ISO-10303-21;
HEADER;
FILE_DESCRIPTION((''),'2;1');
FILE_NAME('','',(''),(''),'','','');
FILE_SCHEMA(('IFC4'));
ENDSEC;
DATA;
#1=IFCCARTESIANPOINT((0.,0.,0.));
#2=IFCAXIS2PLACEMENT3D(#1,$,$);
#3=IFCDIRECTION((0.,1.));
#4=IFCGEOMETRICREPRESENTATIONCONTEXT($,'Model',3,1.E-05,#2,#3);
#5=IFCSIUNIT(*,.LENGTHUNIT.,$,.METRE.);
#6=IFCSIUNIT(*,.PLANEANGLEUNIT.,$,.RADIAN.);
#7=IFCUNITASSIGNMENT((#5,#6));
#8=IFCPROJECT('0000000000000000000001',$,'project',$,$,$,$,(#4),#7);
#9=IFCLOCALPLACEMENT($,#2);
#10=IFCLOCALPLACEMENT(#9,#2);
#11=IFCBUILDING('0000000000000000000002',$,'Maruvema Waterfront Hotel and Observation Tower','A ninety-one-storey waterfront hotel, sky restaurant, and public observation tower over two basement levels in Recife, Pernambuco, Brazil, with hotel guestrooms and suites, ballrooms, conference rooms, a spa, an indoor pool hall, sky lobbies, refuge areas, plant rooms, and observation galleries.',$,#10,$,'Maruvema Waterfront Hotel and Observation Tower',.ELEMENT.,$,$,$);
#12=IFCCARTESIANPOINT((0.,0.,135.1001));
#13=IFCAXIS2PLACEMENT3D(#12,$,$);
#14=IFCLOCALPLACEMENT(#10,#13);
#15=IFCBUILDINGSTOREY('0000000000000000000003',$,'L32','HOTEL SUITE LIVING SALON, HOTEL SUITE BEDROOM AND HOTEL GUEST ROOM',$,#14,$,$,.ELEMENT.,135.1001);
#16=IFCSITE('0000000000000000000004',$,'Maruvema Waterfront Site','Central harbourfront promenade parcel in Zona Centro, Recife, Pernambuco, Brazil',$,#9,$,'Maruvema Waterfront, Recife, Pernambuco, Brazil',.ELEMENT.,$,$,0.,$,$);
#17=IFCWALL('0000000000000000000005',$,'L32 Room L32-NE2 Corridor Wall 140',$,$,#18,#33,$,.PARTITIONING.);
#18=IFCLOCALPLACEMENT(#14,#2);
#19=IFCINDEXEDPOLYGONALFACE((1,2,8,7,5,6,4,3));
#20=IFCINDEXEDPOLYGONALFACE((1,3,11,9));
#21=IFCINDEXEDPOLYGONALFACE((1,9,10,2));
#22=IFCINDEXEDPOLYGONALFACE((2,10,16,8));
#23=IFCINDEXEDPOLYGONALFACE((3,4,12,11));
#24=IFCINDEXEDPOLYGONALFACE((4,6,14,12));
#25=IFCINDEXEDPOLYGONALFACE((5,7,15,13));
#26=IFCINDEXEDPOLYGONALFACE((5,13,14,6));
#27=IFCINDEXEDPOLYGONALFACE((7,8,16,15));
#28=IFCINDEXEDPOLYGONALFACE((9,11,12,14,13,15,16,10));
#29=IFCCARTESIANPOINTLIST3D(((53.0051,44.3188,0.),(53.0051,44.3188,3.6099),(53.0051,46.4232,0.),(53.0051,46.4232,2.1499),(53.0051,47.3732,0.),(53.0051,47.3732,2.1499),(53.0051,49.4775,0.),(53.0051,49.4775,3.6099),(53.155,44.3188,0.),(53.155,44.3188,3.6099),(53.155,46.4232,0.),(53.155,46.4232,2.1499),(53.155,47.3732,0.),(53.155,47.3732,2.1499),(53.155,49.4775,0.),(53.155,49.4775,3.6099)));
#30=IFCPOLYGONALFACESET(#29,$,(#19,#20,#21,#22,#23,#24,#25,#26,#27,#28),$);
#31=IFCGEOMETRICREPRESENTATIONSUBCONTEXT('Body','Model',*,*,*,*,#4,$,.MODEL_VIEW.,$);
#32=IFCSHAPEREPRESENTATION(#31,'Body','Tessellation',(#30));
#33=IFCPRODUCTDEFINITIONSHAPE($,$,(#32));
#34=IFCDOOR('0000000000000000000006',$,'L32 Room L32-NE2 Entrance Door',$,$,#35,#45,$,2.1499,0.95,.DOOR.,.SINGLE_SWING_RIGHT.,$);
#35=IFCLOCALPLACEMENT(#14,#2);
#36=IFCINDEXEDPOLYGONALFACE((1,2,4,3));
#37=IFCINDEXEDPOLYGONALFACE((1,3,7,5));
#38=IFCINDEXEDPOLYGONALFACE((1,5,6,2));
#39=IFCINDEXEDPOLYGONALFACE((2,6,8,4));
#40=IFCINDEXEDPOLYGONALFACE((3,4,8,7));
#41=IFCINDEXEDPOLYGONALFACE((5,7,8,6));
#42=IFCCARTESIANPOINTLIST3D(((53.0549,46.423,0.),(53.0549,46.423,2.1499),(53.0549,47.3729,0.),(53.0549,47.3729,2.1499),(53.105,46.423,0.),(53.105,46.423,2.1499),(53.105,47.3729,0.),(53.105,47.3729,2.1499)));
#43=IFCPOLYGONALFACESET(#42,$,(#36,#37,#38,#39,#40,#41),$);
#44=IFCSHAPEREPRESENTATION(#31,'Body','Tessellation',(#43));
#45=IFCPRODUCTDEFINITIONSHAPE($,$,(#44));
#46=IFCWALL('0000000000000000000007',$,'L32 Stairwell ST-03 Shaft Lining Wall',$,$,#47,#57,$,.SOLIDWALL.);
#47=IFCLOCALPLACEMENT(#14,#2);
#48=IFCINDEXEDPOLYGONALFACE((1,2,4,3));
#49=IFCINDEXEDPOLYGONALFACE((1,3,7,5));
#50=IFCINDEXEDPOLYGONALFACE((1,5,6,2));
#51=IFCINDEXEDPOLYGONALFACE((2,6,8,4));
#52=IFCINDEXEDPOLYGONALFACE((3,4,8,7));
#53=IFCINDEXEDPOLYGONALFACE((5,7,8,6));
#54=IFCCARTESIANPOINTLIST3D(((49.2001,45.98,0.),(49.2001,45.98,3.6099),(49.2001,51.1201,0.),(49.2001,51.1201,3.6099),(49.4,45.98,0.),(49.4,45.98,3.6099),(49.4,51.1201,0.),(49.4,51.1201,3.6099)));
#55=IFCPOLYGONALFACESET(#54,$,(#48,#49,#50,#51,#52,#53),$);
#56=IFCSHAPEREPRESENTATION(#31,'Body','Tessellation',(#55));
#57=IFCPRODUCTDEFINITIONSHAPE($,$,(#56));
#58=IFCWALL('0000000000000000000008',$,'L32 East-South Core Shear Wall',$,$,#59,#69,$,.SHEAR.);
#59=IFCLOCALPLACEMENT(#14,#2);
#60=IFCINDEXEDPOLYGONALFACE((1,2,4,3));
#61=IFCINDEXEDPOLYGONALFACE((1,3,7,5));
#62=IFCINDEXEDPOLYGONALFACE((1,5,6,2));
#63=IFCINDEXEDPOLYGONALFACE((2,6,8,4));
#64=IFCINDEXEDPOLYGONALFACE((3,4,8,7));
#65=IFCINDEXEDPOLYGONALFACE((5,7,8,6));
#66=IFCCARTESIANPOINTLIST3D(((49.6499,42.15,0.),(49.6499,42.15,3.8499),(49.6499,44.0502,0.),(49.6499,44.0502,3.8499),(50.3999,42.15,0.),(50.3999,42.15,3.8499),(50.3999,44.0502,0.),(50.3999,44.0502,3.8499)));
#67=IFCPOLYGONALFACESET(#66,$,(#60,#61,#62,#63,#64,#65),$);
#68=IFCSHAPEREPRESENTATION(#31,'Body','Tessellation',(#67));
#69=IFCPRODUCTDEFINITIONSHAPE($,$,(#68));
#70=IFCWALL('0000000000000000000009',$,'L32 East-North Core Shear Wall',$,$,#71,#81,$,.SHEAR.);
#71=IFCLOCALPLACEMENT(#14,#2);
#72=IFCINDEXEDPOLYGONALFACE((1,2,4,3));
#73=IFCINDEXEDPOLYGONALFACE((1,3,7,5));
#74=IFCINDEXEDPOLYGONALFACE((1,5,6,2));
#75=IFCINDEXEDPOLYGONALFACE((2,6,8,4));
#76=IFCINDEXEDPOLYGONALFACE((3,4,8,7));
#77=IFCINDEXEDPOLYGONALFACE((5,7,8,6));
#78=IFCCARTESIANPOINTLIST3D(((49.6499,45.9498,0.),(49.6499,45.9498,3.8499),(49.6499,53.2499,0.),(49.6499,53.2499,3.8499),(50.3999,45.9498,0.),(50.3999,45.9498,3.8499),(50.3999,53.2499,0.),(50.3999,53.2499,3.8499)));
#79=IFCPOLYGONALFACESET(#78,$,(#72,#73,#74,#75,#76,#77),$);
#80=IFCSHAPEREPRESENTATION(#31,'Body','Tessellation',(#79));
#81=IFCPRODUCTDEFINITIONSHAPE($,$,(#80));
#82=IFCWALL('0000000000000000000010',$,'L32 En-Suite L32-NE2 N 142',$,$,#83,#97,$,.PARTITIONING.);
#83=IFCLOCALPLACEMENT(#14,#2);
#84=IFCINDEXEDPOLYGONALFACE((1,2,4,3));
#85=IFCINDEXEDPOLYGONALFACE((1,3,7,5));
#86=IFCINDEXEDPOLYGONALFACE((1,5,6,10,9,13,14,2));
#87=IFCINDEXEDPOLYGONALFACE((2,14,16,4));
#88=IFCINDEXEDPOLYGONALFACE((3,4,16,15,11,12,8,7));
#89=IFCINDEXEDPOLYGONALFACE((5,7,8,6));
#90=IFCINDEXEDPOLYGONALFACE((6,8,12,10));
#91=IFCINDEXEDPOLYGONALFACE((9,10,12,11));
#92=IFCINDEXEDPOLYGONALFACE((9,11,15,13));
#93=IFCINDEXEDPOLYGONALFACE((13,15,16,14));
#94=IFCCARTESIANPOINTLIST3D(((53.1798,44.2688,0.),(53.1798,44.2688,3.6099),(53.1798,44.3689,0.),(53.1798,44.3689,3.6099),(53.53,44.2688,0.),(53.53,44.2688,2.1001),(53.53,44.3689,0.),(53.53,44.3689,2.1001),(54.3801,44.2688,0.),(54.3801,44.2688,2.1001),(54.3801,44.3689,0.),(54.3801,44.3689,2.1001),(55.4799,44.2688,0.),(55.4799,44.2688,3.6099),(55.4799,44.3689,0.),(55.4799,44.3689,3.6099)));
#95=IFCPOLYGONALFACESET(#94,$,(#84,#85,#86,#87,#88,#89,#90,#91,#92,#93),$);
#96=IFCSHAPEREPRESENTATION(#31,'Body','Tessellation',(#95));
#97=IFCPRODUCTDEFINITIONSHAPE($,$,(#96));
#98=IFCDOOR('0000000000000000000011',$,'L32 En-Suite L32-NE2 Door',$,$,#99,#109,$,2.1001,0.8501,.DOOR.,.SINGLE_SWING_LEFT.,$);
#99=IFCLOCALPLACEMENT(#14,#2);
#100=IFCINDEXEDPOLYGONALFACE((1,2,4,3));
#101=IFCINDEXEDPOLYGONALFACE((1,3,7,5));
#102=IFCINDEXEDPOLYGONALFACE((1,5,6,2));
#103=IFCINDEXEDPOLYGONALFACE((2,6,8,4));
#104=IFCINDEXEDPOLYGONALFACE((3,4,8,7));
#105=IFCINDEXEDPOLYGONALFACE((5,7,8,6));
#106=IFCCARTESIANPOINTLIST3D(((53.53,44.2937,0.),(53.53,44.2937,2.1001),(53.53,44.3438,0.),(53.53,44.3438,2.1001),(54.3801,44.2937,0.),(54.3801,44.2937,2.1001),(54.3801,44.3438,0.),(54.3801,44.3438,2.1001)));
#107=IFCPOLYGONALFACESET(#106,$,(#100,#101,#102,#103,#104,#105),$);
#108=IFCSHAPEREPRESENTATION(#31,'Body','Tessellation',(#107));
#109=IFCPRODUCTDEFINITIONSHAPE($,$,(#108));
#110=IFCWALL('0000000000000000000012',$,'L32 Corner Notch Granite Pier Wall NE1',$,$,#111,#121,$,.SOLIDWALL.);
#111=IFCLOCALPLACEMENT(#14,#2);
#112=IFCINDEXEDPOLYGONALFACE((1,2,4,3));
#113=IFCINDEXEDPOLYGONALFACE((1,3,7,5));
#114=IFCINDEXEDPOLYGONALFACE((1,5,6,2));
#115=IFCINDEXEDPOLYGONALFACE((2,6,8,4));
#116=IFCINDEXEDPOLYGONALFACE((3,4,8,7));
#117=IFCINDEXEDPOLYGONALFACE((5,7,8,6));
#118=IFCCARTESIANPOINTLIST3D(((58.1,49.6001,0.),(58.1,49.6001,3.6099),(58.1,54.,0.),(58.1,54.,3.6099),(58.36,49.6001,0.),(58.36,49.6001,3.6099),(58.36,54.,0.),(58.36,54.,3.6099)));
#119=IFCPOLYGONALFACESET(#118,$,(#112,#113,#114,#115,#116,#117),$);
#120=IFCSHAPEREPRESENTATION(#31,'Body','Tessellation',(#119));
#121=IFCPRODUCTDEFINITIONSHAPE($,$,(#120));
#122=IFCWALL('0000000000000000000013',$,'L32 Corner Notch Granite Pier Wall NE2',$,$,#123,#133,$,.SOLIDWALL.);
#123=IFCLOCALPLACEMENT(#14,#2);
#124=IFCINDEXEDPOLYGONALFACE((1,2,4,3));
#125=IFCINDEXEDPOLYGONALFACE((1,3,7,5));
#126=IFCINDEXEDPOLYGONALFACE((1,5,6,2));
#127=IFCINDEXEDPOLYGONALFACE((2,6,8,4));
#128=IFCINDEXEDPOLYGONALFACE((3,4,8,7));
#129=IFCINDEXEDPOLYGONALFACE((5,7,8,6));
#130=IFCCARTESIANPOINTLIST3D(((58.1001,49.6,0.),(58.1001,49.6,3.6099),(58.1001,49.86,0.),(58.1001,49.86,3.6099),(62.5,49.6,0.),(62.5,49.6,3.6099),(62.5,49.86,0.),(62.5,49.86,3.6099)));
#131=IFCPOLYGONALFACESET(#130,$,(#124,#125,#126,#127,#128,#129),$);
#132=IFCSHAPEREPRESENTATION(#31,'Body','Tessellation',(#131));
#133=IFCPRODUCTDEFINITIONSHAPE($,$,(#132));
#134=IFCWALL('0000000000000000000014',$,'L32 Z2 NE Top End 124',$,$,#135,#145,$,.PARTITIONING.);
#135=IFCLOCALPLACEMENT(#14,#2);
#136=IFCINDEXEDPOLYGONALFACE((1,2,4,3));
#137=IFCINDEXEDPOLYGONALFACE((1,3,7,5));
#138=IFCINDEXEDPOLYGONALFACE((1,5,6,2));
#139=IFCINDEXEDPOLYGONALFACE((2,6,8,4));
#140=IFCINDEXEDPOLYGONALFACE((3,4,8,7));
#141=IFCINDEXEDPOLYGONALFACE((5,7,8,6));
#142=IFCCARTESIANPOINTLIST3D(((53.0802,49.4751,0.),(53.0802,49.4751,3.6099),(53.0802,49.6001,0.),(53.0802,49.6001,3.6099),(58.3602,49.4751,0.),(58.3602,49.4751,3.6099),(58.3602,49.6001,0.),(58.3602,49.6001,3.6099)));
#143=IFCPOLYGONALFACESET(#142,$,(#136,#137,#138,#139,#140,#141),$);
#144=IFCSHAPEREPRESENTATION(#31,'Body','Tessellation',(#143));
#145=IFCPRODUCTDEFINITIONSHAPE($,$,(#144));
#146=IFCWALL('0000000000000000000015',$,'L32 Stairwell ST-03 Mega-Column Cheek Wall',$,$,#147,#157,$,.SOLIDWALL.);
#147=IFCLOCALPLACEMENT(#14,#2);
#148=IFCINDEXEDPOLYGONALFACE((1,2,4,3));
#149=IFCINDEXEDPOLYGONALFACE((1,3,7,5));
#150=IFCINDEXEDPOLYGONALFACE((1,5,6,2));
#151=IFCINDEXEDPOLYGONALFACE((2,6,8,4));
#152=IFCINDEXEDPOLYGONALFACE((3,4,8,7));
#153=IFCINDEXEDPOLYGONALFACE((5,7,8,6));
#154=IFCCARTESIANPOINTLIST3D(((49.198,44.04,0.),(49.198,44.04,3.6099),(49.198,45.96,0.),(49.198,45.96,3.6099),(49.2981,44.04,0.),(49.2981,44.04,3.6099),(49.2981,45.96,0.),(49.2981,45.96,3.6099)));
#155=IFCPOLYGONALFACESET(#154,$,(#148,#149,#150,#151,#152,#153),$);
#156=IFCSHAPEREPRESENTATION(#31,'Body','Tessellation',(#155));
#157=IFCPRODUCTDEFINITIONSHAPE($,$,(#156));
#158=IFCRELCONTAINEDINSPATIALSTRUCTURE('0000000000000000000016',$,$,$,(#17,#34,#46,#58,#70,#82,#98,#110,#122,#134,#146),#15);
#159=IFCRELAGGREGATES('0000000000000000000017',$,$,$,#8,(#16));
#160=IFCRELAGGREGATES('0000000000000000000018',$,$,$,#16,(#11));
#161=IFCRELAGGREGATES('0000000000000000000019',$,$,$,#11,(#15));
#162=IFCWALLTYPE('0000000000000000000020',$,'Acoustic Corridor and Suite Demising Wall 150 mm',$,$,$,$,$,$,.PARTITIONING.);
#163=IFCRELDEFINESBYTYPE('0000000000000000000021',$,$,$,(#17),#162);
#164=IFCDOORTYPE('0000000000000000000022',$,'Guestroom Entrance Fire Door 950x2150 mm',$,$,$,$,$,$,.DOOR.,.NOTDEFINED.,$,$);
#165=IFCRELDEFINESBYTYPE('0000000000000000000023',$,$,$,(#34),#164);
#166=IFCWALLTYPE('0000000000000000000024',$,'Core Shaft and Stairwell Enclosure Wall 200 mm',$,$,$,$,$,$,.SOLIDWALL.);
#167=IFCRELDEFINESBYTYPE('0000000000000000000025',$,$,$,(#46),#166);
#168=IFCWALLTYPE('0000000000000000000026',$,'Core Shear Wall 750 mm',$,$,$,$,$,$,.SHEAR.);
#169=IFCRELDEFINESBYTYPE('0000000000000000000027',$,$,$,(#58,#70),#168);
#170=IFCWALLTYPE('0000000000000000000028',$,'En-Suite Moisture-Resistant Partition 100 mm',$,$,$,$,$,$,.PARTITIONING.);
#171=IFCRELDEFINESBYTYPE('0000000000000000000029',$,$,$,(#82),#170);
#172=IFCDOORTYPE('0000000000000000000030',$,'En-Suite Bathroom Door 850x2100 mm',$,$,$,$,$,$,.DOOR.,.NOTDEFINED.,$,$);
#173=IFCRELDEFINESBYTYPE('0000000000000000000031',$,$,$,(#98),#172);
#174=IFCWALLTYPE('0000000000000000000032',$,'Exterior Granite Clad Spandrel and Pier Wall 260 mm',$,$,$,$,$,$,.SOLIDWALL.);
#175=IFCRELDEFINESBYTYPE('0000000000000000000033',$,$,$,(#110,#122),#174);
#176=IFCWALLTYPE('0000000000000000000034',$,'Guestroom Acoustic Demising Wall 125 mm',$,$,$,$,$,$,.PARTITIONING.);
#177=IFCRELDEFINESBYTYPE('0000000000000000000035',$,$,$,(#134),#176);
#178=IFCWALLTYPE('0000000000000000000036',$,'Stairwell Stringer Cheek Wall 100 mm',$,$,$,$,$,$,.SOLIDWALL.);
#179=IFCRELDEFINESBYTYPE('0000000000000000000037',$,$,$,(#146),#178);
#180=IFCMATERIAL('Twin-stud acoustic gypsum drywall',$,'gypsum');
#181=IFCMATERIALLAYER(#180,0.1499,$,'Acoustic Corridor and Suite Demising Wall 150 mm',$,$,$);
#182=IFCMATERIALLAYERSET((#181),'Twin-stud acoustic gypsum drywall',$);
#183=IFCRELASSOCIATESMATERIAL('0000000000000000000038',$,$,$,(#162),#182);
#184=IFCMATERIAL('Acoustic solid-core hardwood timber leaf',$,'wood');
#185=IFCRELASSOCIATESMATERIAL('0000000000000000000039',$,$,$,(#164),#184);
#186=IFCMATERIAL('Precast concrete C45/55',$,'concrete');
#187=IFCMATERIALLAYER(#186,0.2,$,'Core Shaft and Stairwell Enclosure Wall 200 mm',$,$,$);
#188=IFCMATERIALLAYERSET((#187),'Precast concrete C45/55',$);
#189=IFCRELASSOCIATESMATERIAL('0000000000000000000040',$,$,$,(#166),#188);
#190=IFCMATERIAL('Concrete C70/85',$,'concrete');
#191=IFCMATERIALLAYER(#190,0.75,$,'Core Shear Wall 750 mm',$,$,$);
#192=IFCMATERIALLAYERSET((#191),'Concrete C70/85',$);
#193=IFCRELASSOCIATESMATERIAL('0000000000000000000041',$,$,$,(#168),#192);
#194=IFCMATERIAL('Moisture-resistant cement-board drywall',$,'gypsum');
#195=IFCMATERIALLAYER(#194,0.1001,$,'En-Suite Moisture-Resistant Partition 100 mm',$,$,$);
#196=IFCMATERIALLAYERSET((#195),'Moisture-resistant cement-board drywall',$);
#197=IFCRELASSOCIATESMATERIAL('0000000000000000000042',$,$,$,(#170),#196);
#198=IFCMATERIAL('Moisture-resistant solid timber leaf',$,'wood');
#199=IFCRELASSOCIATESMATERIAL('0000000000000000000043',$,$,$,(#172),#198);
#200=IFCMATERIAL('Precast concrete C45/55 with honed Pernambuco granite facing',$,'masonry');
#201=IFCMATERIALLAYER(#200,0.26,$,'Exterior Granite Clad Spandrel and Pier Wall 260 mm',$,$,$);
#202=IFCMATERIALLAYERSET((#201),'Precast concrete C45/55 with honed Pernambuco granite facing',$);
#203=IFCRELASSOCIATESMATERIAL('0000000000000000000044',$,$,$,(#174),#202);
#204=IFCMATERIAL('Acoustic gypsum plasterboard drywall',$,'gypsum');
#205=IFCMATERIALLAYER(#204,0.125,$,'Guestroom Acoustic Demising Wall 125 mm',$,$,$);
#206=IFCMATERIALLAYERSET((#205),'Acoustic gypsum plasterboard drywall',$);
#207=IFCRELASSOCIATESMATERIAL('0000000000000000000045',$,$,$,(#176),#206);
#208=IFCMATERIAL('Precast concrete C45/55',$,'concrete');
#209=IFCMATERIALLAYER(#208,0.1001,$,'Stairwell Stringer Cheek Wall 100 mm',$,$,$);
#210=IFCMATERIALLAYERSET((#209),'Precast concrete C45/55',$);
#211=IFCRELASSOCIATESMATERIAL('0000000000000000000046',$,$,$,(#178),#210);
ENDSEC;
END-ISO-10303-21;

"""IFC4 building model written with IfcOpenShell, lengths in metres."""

from ifc_helpers import new_model, si_unit, direction, frame, frame_2d, origin, place, context, subcontext, project, spatial, rectangle, extrude, material, layer, layer_set, type_object, element, fill, save


model = new_model("IFC4")

# Units and contexts
model_context = context("Model", 3, precision=1e-05, world=origin(), true_north=direction((0.0, 1.0)))
body_context = subcontext(model_context, "Body", "Model", "MODEL_VIEW")
ifc_project = project(units=[si_unit("LENGTHUNIT", "METRE"), si_unit("PLANEANGLEUNIT", "RADIAN")], contexts=[model_context])

# Site, building, storey
site_placement = place(None, origin())
site = spatial("IfcSite", under=ifc_project, at=site_placement, Name="Maruvema Waterfront Site", Description="Central harbourfront promenade parcel in Zona Centro, Recife, Pernambuco, Brazil", LongName="Maruvema Waterfront, Recife, Pernambuco, Brazil", CompositionType="ELEMENT", RefElevation=0.0)
building_placement = place(site_placement, origin())
building = spatial("IfcBuilding", under=site, at=building_placement, Name="Maruvema Waterfront Hotel and Observation Tower", Description="A ninety-one-storey waterfront hotel, sky restaurant, and public observation tower over two basement levels in Recife, Pernambuco, Brazil, with hotel guestrooms and suites, ballrooms, conference rooms, a spa, an indoor pool hall, sky lobbies, refuge areas, plant rooms, and observation galleries.", LongName="Maruvema Waterfront Hotel and Observation Tower", CompositionType="ELEMENT")
storey_placement = place(building_placement, frame((0.0, 0.0, 135.1001)))
storey = spatial("IfcBuildingStorey", under=building, at=storey_placement, Name="L32", Description="HOTEL SUITE LIVING SALON, HOTEL SUITE BEDROOM AND HOTEL GUEST ROOM", CompositionType="ELEMENT", Elevation=135.1001)

# Wall, opening, door
ifc_material_1 = material(Name="Twin-stud acoustic gypsum drywall", Category="gypsum")
ifc_layer_1 = layer(ifc_material_1, 0.1499, Name="Acoustic Corridor and Suite Demising Wall 150 mm")
ifc_layer_set_1 = layer_set([ifc_layer_1], Name="Twin-stud acoustic gypsum drywall")
wall_type_1 = type_object("IfcWallType", Name="Acoustic Corridor and Suite Demising Wall 150 mm", PredefinedType="PARTITIONING", material=ifc_layer_set_1)
wall_1_placement = place(storey_placement, frame((53.0801, 44.3188, 0.0), z_axis=(0.0, 0.0, 1.0), x_axis=(0.0, 1.0, 0.0)))
wall_1 = element("IfcWall", 1, at=wall_1_placement, inside=storey, type_object=wall_type_1, Name="L32 Room L32-NE2 Corridor Wall 140", PredefinedType="PARTITIONING", context=body_context, shape_type="SweptSolid", body=[
    extrude(rectangle(XDim=5.1587, YDim=0.1499, at=frame_2d((2.5793, 0.0))), origin(), (0.0, 0.0, 1.0), 3.6099),
])
opening_1_placement = place(wall_1_placement, frame((2.1042, 0.0, 0.0)))
opening_1 = element("IfcOpeningElement", 2, at=opening_1_placement, cuts=wall_1, PredefinedType="OPENING", context=body_context, shape_type="SweptSolid", body=[
    extrude(rectangle(XDim=0.95, YDim=2.1499, at=frame_2d((0.4751, 1.075))), frame((0.0, 0.085, 0.0), z_axis=(0.0, -1.0, 0.0), x_axis=(1.0, 0.0, 0.0)), (0.0, 0.0, 1.0), 0.1699),
])
ifc_material_2 = material(Name="Acoustic solid-core hardwood timber leaf", Category="wood")
door_type_1 = type_object("IfcDoorType", Name="Guestroom Entrance Fire Door 950x2150 mm", OperationType="NOTDEFINED", PredefinedType="DOOR", material=ifc_material_2)
door_1_placement = place(opening_1_placement, frame((0.95, 0.0, 0.0), z_axis=(0.0, 0.0, 1.0), x_axis=(-1.0, 0.0, 0.0)))
door_1 = element("IfcDoor", 3, at=door_1_placement, inside=storey, type_object=door_type_1, Name="L32 Room L32-NE2 Entrance Door", OperationType="SINGLE_SWING_RIGHT", OverallHeight=2.1499, OverallWidth=0.95, PredefinedType="DOOR", context=body_context, shape_type="SweptSolid", body=[
    extrude(rectangle(XDim=0.95, YDim=2.1499, at=frame_2d((0.4751, 1.075))), frame((0.0, 0.0249, 0.0), z_axis=(0.0, -1.0, 0.0), x_axis=(1.0, 0.0, 0.0)), (0.0, 0.0, 1.0), 0.05),
])
fill(opening_1, door_1)

# Walls
ifc_material_3 = material(Name="Precast concrete C45/55", Category="concrete")
ifc_layer_2 = layer(ifc_material_3, 0.2, Name="Core Shaft and Stairwell Enclosure Wall 200 mm")
ifc_layer_set_2 = layer_set([ifc_layer_2], Name="Precast concrete C45/55")
wall_type_2 = type_object("IfcWallType", Name="Core Shaft and Stairwell Enclosure Wall 200 mm", PredefinedType="SOLIDWALL", material=ifc_layer_set_2)
wall_2_placement = place(storey_placement, frame((49.3, 45.98, 0.0), z_axis=(0.0, 0.0, 1.0), x_axis=(0.0, 1.0, 0.0)))
element("IfcWall", 4, at=wall_2_placement, inside=storey, type_object=wall_type_2, Name="L32 Stairwell ST-03 Shaft Lining Wall", PredefinedType="SOLIDWALL", context=body_context, shape_type="SweptSolid", body=[
    extrude(rectangle(XDim=5.1401, YDim=0.2, at=frame_2d((2.5701, 0.0))), origin(), (0.0, 0.0, 1.0), 3.6099),
])
ifc_material_4 = material(Name="Concrete C70/85", Category="concrete")
ifc_layer_3 = layer(ifc_material_4, 0.75, Name="Core Shear Wall 750 mm")
ifc_layer_set_3 = layer_set([ifc_layer_3], Name="Concrete C70/85")
wall_type_3 = type_object("IfcWallType", Name="Core Shear Wall 750 mm", PredefinedType="SHEAR", material=ifc_layer_set_3)
wall_3_placement = place(storey_placement, frame((50.0249, 42.1499, 0.0), z_axis=(0.0, 0.0, 1.0), x_axis=(0.0, 1.0, 0.0)))
element("IfcWall", 5, at=wall_3_placement, inside=storey, type_object=wall_type_3, Name="L32 East-South Core Shear Wall", PredefinedType="SHEAR", context=body_context, shape_type="SweptSolid", body=[
    extrude(rectangle(XDim=1.9001, YDim=0.75, at=frame_2d((0.9502, 0.0))), origin(), (0.0, 0.0, 1.0), 3.8499),
])
wall_4_placement = place(storey_placement, frame((50.0249, 45.95, 0.0), z_axis=(0.0, 0.0, 1.0), x_axis=(0.0, 1.0, 0.0)))
element("IfcWall", 6, at=wall_4_placement, inside=storey, type_object=wall_type_3, Name="L32 East-North Core Shear Wall", PredefinedType="SHEAR", context=body_context, shape_type="SweptSolid", body=[
    extrude(rectangle(XDim=7.3, YDim=0.75, at=frame_2d((3.6499, 0.0))), origin(), (0.0, 0.0, 1.0), 3.8499),
])

# Wall, opening, door
ifc_material_5 = material(Name="Moisture-resistant cement-board drywall", Category="gypsum")
ifc_layer_4 = layer(ifc_material_5, 0.1001, Name="En-Suite Moisture-Resistant Partition 100 mm")
ifc_layer_set_4 = layer_set([ifc_layer_4], Name="Moisture-resistant cement-board drywall")
wall_type_4 = type_object("IfcWallType", Name="En-Suite Moisture-Resistant Partition 100 mm", PredefinedType="PARTITIONING", material=ifc_layer_set_4)
wall_5_placement = place(storey_placement, frame((53.1799, 44.3188, 0.0), z_axis=(0.0, 0.0, 1.0), x_axis=(1.0, 0.0, 0.0)))
wall_5 = element("IfcWall", 7, at=wall_5_placement, inside=storey, type_object=wall_type_4, Name="L32 En-Suite L32-NE2 N 142", PredefinedType="PARTITIONING", context=body_context, shape_type="SweptSolid", body=[
    extrude(rectangle(XDim=2.3, YDim=0.1001, at=frame_2d((1.1499, 0.0))), origin(), (0.0, 0.0, 1.0), 3.6099),
])
opening_2_placement = place(wall_5_placement, frame((0.3501, 0.0, 0.0)))
opening_2 = element("IfcOpeningElement", 8, at=opening_2_placement, cuts=wall_5, PredefinedType="OPENING", context=body_context, shape_type="SweptSolid", body=[
    extrude(rectangle(XDim=0.8501, YDim=2.1001, at=frame_2d((0.425, 1.05))), frame((0.0, 0.0601, 0.0), z_axis=(0.0, -1.0, 0.0), x_axis=(1.0, 0.0, 0.0)), (0.0, 0.0, 1.0), 0.1201),
])
ifc_material_6 = material(Name="Moisture-resistant solid timber leaf", Category="wood")
door_type_2 = type_object("IfcDoorType", Name="En-Suite Bathroom Door 850x2100 mm", OperationType="NOTDEFINED", PredefinedType="DOOR", material=ifc_material_6)
door_2_placement = place(opening_2_placement, origin())
door_2 = element("IfcDoor", 9, at=door_2_placement, inside=storey, type_object=door_type_2, Name="L32 En-Suite L32-NE2 Door", OperationType="SINGLE_SWING_LEFT", OverallHeight=2.1001, OverallWidth=0.8501, PredefinedType="DOOR", context=body_context, shape_type="SweptSolid", body=[
    extrude(rectangle(XDim=0.8501, YDim=2.1001, at=frame_2d((0.425, 1.05))), frame((0.0, 0.0249, 0.0), z_axis=(0.0, -1.0, 0.0), x_axis=(1.0, 0.0, 0.0)), (0.0, 0.0, 1.0), 0.05),
])
fill(opening_2, door_2)

# Walls
ifc_material_7 = material(Name="Precast concrete C45/55 with honed Pernambuco granite facing", Category="masonry")
ifc_layer_5 = layer(ifc_material_7, 0.26, Name="Exterior Granite Clad Spandrel and Pier Wall 260 mm")
ifc_layer_set_5 = layer_set([ifc_layer_5], Name="Precast concrete C45/55 with honed Pernambuco granite facing")
wall_type_5 = type_object("IfcWallType", Name="Exterior Granite Clad Spandrel and Pier Wall 260 mm", PredefinedType="SOLIDWALL", material=ifc_layer_set_5)
for number, where, z_axis, x_axis, name in (
    (10, (58.23, 54.0, 0.0), (0.0, 0.0, 1.0), (0.0, -1.0, 0.0), "L32 Corner Notch Granite Pier Wall NE1"),
    (11, (58.1001, 49.73, 0.0), (0.0, 0.0, 1.0), (1.0, 0.0, 0.0), "L32 Corner Notch Granite Pier Wall NE2"),
):
    element("IfcWall", number, at=place(storey_placement, frame(where, z_axis=z_axis, x_axis=x_axis)), inside=storey, type_object=wall_type_5, Name=name, PredefinedType="SOLIDWALL", context=body_context, shape_type="SweptSolid", body=[
        extrude(rectangle(XDim=4.3999, YDim=0.26, at=frame_2d((2.2, 0.0))), origin(), (0.0, 0.0, 1.0), 3.6099),
    ])
ifc_material_8 = material(Name="Acoustic gypsum plasterboard drywall", Category="gypsum")
ifc_layer_6 = layer(ifc_material_8, 0.125, Name="Guestroom Acoustic Demising Wall 125 mm")
ifc_layer_set_6 = layer_set([ifc_layer_6], Name="Acoustic gypsum plasterboard drywall")
wall_type_6 = type_object("IfcWallType", Name="Guestroom Acoustic Demising Wall 125 mm", PredefinedType="PARTITIONING", material=ifc_layer_set_6)
wall_6_placement = place(storey_placement, frame((53.0801, 49.5376, 0.0), z_axis=(0.0, 0.0, 1.0), x_axis=(1.0, 0.0, 0.0)))
element("IfcWall", 12, at=wall_6_placement, inside=storey, type_object=wall_type_6, Name="L32 Z2 NE Top End 124", PredefinedType="PARTITIONING", context=body_context, shape_type="SweptSolid", body=[
    extrude(rectangle(XDim=5.28, YDim=0.125, at=frame_2d((2.6401, 0.0))), origin(), (0.0, 0.0, 1.0), 3.6099),
])
ifc_material_9 = material(Name="Precast concrete C45/55", Category="concrete")
ifc_layer_7 = layer(ifc_material_9, 0.1001, Name="Stairwell Stringer Cheek Wall 100 mm")
ifc_layer_set_7 = layer_set([ifc_layer_7], Name="Precast concrete C45/55")
wall_type_7 = type_object("IfcWallType", Name="Stairwell Stringer Cheek Wall 100 mm", PredefinedType="SOLIDWALL", material=ifc_layer_set_7)
wall_7_placement = place(storey_placement, frame((49.248, 44.04, 0.0), z_axis=(0.0, 0.0, 1.0), x_axis=(0.0, 1.0, 0.0)))
element("IfcWall", 13, at=wall_7_placement, inside=storey, type_object=wall_type_7, Name="L32 Stairwell ST-03 Mega-Column Cheek Wall", PredefinedType="SOLIDWALL", context=body_context, shape_type="SweptSolid", body=[
    extrude(rectangle(XDim=1.9199, YDim=0.1001, at=frame_2d((0.96, 0.0))), origin(), (0.0, 0.0, 1.0), 3.6099),
])

save(model, "model.ifc")
